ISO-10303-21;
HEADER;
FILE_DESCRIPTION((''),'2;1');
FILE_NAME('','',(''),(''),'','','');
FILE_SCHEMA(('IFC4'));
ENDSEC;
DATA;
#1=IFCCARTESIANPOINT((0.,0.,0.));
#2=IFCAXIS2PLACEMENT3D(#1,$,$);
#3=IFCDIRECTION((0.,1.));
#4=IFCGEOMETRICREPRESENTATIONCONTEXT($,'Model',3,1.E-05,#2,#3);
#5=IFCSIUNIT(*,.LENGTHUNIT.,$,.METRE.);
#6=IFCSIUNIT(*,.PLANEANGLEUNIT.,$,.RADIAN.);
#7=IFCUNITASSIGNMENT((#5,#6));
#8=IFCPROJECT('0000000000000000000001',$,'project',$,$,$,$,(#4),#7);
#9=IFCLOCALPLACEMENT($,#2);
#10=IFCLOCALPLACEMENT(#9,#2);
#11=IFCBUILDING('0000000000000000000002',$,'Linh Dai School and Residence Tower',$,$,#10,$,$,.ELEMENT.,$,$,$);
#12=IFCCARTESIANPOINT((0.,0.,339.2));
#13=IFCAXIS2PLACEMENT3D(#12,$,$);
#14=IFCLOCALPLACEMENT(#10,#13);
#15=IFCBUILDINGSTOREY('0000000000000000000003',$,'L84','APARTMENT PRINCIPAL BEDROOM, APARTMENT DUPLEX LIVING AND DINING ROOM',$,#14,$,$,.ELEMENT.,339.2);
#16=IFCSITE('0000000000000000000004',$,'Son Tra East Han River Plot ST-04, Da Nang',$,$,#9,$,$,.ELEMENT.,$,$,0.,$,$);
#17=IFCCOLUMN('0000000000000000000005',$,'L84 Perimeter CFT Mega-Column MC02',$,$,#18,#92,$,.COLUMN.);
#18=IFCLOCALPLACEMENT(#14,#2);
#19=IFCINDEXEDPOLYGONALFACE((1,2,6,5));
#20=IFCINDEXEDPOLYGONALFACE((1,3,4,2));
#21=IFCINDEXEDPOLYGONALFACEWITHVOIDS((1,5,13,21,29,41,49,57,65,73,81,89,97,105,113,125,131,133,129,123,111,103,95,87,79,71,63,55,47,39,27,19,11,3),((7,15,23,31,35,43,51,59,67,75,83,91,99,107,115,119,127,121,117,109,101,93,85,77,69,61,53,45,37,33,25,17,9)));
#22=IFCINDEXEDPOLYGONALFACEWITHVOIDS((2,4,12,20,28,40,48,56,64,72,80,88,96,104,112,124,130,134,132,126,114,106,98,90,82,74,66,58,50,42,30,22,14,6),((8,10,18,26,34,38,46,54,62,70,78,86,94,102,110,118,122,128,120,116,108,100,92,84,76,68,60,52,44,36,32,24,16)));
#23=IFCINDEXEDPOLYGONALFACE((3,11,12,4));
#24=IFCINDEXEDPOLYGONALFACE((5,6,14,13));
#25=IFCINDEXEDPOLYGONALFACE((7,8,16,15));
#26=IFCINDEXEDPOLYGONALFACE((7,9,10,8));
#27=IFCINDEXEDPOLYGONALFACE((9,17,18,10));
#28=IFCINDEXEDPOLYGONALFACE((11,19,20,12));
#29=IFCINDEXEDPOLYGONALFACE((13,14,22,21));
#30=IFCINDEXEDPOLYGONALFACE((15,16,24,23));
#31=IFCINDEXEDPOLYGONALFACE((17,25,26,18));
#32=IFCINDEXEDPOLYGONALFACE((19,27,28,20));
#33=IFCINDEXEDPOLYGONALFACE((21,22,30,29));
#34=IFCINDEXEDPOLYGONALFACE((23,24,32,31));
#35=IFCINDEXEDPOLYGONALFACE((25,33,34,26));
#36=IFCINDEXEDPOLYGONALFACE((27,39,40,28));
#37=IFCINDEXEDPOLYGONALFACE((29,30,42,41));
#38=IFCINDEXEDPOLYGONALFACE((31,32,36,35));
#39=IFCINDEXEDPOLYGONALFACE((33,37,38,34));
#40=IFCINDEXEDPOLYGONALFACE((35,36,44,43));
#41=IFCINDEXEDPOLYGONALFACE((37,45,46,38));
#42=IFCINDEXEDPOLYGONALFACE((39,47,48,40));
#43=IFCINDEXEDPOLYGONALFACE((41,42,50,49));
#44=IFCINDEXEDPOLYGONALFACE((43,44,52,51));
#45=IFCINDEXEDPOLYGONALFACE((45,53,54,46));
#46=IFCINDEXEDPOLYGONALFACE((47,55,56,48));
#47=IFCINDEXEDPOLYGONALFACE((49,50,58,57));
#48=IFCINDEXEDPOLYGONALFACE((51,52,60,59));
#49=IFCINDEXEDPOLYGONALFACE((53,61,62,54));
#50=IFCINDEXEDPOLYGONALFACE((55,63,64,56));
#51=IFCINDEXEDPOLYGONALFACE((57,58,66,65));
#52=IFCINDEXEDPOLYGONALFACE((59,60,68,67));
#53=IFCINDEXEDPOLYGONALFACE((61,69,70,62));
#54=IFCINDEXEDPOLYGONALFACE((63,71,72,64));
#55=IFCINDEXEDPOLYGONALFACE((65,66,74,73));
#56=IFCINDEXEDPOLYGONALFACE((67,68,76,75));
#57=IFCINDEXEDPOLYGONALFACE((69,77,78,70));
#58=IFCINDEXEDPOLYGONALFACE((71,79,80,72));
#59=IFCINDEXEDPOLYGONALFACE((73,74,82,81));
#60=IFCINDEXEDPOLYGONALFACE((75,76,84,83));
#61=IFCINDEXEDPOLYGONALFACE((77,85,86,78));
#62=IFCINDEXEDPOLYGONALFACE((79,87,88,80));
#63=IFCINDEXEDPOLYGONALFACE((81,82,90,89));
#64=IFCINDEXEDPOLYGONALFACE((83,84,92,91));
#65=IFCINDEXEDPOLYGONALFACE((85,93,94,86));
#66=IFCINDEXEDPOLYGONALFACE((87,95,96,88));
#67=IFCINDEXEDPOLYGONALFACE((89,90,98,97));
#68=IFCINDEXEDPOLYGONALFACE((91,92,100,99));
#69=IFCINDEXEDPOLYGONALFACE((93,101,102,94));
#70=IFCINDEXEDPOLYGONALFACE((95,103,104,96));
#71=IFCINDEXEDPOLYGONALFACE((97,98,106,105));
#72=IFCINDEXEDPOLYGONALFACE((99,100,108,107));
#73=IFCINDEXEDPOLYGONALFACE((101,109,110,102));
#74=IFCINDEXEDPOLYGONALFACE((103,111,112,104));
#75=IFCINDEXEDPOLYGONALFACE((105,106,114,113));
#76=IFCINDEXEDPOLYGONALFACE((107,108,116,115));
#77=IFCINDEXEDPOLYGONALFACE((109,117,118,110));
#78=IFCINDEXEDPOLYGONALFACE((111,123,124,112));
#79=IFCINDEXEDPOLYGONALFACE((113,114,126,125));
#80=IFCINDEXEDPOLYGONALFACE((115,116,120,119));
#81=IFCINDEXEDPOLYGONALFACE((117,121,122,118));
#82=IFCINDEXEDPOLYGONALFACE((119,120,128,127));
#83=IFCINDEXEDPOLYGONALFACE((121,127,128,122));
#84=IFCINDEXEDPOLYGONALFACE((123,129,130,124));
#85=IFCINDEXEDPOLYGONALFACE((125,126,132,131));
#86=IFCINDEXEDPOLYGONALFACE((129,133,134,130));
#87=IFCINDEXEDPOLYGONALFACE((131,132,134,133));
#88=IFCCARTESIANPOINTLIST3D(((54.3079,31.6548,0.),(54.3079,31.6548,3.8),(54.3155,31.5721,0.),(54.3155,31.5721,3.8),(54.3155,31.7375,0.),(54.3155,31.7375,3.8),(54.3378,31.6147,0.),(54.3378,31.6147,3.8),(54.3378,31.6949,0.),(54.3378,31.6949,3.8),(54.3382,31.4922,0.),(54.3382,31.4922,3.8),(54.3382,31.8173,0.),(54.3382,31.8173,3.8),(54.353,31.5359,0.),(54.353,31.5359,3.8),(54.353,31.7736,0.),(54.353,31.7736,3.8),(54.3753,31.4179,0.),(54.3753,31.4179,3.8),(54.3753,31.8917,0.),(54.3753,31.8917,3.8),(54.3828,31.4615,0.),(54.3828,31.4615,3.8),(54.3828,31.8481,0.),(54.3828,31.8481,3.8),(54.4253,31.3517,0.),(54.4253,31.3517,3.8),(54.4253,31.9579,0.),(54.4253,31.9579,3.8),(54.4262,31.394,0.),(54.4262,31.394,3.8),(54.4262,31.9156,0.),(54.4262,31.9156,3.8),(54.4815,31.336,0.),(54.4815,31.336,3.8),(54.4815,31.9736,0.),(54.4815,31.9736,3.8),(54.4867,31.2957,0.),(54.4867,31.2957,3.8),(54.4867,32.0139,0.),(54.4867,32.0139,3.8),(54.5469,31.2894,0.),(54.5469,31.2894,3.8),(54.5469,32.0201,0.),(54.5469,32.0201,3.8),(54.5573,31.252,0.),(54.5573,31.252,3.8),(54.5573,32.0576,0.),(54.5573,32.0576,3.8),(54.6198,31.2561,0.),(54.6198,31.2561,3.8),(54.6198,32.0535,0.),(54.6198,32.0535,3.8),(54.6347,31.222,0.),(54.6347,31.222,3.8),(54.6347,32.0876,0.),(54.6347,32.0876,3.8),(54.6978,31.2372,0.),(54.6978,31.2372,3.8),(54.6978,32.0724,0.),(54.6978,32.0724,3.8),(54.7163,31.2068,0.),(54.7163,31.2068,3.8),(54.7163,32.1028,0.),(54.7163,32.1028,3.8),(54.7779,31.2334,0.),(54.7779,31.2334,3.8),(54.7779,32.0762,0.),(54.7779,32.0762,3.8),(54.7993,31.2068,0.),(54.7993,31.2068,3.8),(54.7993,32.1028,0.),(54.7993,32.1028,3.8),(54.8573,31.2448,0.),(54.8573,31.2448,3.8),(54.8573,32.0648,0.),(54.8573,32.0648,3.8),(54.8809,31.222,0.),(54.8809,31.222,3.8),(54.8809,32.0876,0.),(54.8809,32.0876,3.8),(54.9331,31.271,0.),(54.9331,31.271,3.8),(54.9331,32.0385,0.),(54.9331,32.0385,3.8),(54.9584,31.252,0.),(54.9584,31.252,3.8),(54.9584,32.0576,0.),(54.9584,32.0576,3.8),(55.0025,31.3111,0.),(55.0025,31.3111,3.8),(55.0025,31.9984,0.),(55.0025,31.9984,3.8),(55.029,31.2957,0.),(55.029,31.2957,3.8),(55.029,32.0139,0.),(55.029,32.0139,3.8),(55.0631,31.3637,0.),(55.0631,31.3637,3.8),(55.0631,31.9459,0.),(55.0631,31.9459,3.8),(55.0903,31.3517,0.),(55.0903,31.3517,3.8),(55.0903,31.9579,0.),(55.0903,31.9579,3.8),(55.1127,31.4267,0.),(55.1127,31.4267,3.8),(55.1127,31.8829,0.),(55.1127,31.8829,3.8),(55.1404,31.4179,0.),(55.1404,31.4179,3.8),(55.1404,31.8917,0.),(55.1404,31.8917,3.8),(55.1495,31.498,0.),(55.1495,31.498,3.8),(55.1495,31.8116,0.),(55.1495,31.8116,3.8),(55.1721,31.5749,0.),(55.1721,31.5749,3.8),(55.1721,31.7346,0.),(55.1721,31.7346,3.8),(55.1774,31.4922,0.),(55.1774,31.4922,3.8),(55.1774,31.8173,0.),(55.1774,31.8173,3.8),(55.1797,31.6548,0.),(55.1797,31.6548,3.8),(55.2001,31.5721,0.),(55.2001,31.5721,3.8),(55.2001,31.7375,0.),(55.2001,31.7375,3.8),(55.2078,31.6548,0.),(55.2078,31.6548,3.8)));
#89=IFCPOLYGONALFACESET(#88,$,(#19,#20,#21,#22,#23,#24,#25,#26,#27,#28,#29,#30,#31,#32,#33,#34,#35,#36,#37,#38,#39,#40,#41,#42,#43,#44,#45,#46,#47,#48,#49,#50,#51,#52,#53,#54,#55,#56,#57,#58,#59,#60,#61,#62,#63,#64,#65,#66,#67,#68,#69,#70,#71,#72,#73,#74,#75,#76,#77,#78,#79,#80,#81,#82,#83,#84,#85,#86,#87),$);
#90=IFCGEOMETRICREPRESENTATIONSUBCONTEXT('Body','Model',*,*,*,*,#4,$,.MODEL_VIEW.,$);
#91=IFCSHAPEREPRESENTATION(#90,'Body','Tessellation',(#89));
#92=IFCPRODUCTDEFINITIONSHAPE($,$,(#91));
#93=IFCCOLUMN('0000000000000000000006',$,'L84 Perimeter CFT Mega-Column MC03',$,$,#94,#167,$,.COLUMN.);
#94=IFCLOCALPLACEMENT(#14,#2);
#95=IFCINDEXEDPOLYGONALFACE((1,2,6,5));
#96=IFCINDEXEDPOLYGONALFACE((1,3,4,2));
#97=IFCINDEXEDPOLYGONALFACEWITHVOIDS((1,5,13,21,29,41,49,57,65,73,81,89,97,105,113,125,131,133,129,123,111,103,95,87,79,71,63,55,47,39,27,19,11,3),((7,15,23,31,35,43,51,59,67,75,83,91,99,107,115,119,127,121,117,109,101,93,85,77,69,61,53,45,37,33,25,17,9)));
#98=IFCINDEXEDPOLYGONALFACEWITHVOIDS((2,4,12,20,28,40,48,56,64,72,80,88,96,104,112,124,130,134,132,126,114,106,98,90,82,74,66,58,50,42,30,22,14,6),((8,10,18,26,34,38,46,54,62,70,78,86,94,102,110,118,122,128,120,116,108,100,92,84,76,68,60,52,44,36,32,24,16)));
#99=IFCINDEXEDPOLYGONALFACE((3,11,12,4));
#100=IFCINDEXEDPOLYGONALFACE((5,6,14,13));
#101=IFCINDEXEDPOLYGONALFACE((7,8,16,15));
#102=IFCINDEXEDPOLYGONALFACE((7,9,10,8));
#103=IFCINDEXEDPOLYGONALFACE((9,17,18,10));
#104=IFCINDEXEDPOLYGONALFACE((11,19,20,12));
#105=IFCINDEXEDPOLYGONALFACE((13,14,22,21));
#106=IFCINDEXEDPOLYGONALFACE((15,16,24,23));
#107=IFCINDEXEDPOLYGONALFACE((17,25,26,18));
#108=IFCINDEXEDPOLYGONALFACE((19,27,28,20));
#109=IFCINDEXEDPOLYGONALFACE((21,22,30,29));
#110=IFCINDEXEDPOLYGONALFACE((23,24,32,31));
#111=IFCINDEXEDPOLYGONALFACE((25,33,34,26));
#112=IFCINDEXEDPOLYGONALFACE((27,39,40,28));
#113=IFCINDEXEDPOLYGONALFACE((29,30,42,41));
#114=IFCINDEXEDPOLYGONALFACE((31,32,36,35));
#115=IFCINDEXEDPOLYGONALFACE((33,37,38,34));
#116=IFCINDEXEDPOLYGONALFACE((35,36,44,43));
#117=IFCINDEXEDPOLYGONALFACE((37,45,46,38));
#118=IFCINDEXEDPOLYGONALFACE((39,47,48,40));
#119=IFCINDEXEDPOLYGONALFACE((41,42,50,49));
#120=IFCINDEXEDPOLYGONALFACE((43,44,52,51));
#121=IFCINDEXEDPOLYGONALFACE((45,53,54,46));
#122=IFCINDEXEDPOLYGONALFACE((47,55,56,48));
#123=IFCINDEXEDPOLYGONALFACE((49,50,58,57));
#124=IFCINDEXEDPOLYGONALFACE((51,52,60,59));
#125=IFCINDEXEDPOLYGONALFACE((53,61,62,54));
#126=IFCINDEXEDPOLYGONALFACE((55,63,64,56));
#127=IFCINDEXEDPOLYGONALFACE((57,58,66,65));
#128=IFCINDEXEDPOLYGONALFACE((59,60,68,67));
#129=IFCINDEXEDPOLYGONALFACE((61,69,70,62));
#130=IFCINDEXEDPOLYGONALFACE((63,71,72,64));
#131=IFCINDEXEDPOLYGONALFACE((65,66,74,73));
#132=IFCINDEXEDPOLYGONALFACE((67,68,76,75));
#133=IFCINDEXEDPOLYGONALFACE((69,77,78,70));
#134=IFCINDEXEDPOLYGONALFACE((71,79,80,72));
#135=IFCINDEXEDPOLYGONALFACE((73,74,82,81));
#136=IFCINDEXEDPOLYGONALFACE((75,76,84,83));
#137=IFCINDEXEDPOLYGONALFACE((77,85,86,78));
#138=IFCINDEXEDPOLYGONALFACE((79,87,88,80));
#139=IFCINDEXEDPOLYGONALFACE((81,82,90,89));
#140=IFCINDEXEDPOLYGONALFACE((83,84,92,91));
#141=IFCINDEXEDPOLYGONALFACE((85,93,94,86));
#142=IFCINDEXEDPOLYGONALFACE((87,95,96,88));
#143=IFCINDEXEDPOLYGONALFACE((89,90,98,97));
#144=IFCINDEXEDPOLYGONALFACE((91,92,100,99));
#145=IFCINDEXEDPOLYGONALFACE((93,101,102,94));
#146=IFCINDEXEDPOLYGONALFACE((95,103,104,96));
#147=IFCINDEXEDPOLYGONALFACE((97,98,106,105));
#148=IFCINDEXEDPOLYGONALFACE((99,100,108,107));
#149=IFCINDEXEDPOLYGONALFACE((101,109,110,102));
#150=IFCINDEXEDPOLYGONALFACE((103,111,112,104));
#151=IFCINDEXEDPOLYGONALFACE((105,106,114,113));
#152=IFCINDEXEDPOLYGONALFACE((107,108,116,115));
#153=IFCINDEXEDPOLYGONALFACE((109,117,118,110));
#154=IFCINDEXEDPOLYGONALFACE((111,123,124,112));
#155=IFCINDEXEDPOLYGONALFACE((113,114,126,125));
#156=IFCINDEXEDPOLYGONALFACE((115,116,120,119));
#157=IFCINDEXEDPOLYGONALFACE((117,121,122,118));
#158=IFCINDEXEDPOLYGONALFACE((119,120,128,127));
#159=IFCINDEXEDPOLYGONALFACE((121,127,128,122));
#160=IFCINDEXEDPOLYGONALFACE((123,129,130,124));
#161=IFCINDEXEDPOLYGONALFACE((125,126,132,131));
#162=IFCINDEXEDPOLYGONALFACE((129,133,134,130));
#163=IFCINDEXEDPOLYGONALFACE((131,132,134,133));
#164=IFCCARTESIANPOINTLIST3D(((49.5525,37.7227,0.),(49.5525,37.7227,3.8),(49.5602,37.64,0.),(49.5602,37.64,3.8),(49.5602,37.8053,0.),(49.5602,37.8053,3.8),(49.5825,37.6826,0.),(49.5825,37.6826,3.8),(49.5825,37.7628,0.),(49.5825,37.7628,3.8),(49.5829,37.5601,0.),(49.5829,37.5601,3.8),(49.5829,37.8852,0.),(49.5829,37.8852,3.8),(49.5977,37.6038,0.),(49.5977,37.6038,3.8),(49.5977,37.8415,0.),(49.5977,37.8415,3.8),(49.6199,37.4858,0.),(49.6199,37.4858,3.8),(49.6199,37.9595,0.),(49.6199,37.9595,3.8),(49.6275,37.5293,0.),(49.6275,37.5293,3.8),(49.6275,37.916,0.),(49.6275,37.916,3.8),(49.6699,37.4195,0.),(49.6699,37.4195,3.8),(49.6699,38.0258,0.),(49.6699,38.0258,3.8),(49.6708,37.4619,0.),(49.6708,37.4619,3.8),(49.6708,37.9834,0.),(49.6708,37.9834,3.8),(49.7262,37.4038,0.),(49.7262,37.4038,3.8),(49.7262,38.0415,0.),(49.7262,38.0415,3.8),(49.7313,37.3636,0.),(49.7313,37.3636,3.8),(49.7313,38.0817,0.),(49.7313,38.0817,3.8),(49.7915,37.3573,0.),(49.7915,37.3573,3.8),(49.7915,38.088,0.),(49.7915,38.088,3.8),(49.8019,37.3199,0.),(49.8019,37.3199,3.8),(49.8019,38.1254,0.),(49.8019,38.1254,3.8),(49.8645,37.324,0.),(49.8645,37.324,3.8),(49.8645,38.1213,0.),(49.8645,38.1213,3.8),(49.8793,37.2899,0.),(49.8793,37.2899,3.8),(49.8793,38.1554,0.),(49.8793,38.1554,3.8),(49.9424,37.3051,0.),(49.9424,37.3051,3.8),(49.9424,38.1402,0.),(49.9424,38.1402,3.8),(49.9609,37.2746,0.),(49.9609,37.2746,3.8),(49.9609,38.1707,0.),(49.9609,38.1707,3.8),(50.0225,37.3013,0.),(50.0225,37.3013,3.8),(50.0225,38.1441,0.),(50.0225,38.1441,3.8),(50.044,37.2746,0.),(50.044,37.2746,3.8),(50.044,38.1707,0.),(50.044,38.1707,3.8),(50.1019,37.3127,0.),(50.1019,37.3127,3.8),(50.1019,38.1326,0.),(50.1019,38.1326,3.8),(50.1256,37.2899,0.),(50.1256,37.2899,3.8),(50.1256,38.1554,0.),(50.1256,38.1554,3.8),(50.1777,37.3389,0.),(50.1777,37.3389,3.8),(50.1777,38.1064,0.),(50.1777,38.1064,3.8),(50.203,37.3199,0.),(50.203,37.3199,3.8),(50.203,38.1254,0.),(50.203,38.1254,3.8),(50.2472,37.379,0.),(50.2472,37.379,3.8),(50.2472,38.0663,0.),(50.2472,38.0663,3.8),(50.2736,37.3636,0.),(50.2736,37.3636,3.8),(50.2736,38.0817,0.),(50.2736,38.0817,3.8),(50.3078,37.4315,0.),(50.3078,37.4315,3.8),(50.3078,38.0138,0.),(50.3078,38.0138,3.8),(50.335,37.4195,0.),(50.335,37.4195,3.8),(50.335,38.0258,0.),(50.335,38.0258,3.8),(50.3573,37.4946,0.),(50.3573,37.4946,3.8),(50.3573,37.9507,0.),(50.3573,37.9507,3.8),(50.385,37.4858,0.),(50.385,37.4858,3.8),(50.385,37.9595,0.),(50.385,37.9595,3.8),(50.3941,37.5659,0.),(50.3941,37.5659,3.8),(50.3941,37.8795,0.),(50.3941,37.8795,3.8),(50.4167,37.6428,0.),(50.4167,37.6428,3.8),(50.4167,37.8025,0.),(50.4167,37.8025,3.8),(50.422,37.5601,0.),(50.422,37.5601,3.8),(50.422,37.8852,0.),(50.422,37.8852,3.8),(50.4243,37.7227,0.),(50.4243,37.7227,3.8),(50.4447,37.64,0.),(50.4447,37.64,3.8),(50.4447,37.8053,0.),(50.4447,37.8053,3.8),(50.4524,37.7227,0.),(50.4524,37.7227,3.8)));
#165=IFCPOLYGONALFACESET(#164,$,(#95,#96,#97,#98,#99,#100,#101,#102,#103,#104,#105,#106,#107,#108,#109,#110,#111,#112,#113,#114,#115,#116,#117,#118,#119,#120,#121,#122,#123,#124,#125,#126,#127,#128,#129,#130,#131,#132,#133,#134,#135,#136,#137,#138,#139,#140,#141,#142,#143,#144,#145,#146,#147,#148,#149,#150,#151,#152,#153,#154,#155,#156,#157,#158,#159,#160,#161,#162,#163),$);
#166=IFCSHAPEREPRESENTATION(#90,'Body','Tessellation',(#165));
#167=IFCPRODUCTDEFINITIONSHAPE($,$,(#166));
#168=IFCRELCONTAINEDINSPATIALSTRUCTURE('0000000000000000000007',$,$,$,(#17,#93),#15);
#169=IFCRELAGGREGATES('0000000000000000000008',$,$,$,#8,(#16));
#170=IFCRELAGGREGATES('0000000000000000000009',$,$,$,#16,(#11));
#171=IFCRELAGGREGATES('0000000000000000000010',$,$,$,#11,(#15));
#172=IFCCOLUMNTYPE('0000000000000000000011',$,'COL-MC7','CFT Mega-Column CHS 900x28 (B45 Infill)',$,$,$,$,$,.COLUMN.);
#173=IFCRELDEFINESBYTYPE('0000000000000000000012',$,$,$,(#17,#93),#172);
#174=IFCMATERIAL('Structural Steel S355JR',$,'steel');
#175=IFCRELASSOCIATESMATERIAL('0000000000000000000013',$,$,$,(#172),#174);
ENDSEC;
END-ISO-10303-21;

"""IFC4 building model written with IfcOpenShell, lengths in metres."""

from ifc_helpers import new_model, si_unit, direction, frame, origin, origin_2d, place, context, subcontext, project, spatial, hollow_circle, extrude, material, material_profile, profile_set, type_object, element, save


model = new_model("IFC4")

# Units and contexts
model_context = context("Model", 3, precision=1e-05, world=origin(), true_north=direction((0.0, 1.0)))
body_context = subcontext(model_context, "Body", "Model", "MODEL_VIEW")
ifc_project = project(units=[si_unit("LENGTHUNIT", "METRE"), si_unit("PLANEANGLEUNIT", "RADIAN")], contexts=[model_context])

# Site, building, storey
site_placement = place(None, origin())
site = spatial("IfcSite", under=ifc_project, at=site_placement, Name="Son Tra East Han River Plot ST-04, Da Nang", CompositionType="ELEMENT", RefElevation=0.0)
building_placement = place(site_placement, origin())
building = spatial("IfcBuilding", under=site, at=building_placement, Name="Linh Dai School and Residence Tower", CompositionType="ELEMENT")
storey_placement = place(building_placement, frame((0.0, 0.0, 339.2)))
storey = spatial("IfcBuildingStorey", under=building, at=storey_placement, Name="L84", Description="APARTMENT PRINCIPAL BEDROOM, APARTMENT DUPLEX LIVING AND DINING ROOM", CompositionType="ELEMENT", Elevation=339.2)

# Columns
ifc_material_1 = material(Name="Structural Steel S355JR", Category="steel")
ifc_material_profile_1 = material_profile(ifc_material_1, hollow_circle(Radius=0.45, WallThickness=0.0281, at=origin_2d()), Name="CHS 900x28")
ifc_profile_set_1 = profile_set([ifc_material_profile_1], Name="Structural Steel S355JR")
column_type_1 = type_object("IfcColumnType", Name="COL-MC7", Description="CFT Mega-Column CHS 900x28 (B45 Infill)", PredefinedType="COLUMN", material=ifc_profile_set_1)
for number, where, z_axis, x_axis, name in (
    (1, (54.7578, 31.6548, 0.0), (0.0, 0.0, 1.0), (1.0, 0.0, 0.0), "L84 Perimeter CFT Mega-Column MC02"),
    (2, (50.0024, 37.7227, 0.0), (0.0, 0.0, 1.0), (1.0, 0.0, 0.0), "L84 Perimeter CFT Mega-Column MC03"),
):
    element("IfcColumn", number, at=place(storey_placement, frame(where, z_axis=z_axis, x_axis=x_axis)), inside=storey, type_object=column_type_1, Name=name, PredefinedType="COLUMN", context=body_context, shape_type="SweptSolid", body=[
        extrude(hollow_circle(Radius=0.45, WallThickness=0.0281, at=origin_2d()), origin(), (0.0, 0.0, 1.0), 3.8),
    ])

save(model, "model.ifc")
